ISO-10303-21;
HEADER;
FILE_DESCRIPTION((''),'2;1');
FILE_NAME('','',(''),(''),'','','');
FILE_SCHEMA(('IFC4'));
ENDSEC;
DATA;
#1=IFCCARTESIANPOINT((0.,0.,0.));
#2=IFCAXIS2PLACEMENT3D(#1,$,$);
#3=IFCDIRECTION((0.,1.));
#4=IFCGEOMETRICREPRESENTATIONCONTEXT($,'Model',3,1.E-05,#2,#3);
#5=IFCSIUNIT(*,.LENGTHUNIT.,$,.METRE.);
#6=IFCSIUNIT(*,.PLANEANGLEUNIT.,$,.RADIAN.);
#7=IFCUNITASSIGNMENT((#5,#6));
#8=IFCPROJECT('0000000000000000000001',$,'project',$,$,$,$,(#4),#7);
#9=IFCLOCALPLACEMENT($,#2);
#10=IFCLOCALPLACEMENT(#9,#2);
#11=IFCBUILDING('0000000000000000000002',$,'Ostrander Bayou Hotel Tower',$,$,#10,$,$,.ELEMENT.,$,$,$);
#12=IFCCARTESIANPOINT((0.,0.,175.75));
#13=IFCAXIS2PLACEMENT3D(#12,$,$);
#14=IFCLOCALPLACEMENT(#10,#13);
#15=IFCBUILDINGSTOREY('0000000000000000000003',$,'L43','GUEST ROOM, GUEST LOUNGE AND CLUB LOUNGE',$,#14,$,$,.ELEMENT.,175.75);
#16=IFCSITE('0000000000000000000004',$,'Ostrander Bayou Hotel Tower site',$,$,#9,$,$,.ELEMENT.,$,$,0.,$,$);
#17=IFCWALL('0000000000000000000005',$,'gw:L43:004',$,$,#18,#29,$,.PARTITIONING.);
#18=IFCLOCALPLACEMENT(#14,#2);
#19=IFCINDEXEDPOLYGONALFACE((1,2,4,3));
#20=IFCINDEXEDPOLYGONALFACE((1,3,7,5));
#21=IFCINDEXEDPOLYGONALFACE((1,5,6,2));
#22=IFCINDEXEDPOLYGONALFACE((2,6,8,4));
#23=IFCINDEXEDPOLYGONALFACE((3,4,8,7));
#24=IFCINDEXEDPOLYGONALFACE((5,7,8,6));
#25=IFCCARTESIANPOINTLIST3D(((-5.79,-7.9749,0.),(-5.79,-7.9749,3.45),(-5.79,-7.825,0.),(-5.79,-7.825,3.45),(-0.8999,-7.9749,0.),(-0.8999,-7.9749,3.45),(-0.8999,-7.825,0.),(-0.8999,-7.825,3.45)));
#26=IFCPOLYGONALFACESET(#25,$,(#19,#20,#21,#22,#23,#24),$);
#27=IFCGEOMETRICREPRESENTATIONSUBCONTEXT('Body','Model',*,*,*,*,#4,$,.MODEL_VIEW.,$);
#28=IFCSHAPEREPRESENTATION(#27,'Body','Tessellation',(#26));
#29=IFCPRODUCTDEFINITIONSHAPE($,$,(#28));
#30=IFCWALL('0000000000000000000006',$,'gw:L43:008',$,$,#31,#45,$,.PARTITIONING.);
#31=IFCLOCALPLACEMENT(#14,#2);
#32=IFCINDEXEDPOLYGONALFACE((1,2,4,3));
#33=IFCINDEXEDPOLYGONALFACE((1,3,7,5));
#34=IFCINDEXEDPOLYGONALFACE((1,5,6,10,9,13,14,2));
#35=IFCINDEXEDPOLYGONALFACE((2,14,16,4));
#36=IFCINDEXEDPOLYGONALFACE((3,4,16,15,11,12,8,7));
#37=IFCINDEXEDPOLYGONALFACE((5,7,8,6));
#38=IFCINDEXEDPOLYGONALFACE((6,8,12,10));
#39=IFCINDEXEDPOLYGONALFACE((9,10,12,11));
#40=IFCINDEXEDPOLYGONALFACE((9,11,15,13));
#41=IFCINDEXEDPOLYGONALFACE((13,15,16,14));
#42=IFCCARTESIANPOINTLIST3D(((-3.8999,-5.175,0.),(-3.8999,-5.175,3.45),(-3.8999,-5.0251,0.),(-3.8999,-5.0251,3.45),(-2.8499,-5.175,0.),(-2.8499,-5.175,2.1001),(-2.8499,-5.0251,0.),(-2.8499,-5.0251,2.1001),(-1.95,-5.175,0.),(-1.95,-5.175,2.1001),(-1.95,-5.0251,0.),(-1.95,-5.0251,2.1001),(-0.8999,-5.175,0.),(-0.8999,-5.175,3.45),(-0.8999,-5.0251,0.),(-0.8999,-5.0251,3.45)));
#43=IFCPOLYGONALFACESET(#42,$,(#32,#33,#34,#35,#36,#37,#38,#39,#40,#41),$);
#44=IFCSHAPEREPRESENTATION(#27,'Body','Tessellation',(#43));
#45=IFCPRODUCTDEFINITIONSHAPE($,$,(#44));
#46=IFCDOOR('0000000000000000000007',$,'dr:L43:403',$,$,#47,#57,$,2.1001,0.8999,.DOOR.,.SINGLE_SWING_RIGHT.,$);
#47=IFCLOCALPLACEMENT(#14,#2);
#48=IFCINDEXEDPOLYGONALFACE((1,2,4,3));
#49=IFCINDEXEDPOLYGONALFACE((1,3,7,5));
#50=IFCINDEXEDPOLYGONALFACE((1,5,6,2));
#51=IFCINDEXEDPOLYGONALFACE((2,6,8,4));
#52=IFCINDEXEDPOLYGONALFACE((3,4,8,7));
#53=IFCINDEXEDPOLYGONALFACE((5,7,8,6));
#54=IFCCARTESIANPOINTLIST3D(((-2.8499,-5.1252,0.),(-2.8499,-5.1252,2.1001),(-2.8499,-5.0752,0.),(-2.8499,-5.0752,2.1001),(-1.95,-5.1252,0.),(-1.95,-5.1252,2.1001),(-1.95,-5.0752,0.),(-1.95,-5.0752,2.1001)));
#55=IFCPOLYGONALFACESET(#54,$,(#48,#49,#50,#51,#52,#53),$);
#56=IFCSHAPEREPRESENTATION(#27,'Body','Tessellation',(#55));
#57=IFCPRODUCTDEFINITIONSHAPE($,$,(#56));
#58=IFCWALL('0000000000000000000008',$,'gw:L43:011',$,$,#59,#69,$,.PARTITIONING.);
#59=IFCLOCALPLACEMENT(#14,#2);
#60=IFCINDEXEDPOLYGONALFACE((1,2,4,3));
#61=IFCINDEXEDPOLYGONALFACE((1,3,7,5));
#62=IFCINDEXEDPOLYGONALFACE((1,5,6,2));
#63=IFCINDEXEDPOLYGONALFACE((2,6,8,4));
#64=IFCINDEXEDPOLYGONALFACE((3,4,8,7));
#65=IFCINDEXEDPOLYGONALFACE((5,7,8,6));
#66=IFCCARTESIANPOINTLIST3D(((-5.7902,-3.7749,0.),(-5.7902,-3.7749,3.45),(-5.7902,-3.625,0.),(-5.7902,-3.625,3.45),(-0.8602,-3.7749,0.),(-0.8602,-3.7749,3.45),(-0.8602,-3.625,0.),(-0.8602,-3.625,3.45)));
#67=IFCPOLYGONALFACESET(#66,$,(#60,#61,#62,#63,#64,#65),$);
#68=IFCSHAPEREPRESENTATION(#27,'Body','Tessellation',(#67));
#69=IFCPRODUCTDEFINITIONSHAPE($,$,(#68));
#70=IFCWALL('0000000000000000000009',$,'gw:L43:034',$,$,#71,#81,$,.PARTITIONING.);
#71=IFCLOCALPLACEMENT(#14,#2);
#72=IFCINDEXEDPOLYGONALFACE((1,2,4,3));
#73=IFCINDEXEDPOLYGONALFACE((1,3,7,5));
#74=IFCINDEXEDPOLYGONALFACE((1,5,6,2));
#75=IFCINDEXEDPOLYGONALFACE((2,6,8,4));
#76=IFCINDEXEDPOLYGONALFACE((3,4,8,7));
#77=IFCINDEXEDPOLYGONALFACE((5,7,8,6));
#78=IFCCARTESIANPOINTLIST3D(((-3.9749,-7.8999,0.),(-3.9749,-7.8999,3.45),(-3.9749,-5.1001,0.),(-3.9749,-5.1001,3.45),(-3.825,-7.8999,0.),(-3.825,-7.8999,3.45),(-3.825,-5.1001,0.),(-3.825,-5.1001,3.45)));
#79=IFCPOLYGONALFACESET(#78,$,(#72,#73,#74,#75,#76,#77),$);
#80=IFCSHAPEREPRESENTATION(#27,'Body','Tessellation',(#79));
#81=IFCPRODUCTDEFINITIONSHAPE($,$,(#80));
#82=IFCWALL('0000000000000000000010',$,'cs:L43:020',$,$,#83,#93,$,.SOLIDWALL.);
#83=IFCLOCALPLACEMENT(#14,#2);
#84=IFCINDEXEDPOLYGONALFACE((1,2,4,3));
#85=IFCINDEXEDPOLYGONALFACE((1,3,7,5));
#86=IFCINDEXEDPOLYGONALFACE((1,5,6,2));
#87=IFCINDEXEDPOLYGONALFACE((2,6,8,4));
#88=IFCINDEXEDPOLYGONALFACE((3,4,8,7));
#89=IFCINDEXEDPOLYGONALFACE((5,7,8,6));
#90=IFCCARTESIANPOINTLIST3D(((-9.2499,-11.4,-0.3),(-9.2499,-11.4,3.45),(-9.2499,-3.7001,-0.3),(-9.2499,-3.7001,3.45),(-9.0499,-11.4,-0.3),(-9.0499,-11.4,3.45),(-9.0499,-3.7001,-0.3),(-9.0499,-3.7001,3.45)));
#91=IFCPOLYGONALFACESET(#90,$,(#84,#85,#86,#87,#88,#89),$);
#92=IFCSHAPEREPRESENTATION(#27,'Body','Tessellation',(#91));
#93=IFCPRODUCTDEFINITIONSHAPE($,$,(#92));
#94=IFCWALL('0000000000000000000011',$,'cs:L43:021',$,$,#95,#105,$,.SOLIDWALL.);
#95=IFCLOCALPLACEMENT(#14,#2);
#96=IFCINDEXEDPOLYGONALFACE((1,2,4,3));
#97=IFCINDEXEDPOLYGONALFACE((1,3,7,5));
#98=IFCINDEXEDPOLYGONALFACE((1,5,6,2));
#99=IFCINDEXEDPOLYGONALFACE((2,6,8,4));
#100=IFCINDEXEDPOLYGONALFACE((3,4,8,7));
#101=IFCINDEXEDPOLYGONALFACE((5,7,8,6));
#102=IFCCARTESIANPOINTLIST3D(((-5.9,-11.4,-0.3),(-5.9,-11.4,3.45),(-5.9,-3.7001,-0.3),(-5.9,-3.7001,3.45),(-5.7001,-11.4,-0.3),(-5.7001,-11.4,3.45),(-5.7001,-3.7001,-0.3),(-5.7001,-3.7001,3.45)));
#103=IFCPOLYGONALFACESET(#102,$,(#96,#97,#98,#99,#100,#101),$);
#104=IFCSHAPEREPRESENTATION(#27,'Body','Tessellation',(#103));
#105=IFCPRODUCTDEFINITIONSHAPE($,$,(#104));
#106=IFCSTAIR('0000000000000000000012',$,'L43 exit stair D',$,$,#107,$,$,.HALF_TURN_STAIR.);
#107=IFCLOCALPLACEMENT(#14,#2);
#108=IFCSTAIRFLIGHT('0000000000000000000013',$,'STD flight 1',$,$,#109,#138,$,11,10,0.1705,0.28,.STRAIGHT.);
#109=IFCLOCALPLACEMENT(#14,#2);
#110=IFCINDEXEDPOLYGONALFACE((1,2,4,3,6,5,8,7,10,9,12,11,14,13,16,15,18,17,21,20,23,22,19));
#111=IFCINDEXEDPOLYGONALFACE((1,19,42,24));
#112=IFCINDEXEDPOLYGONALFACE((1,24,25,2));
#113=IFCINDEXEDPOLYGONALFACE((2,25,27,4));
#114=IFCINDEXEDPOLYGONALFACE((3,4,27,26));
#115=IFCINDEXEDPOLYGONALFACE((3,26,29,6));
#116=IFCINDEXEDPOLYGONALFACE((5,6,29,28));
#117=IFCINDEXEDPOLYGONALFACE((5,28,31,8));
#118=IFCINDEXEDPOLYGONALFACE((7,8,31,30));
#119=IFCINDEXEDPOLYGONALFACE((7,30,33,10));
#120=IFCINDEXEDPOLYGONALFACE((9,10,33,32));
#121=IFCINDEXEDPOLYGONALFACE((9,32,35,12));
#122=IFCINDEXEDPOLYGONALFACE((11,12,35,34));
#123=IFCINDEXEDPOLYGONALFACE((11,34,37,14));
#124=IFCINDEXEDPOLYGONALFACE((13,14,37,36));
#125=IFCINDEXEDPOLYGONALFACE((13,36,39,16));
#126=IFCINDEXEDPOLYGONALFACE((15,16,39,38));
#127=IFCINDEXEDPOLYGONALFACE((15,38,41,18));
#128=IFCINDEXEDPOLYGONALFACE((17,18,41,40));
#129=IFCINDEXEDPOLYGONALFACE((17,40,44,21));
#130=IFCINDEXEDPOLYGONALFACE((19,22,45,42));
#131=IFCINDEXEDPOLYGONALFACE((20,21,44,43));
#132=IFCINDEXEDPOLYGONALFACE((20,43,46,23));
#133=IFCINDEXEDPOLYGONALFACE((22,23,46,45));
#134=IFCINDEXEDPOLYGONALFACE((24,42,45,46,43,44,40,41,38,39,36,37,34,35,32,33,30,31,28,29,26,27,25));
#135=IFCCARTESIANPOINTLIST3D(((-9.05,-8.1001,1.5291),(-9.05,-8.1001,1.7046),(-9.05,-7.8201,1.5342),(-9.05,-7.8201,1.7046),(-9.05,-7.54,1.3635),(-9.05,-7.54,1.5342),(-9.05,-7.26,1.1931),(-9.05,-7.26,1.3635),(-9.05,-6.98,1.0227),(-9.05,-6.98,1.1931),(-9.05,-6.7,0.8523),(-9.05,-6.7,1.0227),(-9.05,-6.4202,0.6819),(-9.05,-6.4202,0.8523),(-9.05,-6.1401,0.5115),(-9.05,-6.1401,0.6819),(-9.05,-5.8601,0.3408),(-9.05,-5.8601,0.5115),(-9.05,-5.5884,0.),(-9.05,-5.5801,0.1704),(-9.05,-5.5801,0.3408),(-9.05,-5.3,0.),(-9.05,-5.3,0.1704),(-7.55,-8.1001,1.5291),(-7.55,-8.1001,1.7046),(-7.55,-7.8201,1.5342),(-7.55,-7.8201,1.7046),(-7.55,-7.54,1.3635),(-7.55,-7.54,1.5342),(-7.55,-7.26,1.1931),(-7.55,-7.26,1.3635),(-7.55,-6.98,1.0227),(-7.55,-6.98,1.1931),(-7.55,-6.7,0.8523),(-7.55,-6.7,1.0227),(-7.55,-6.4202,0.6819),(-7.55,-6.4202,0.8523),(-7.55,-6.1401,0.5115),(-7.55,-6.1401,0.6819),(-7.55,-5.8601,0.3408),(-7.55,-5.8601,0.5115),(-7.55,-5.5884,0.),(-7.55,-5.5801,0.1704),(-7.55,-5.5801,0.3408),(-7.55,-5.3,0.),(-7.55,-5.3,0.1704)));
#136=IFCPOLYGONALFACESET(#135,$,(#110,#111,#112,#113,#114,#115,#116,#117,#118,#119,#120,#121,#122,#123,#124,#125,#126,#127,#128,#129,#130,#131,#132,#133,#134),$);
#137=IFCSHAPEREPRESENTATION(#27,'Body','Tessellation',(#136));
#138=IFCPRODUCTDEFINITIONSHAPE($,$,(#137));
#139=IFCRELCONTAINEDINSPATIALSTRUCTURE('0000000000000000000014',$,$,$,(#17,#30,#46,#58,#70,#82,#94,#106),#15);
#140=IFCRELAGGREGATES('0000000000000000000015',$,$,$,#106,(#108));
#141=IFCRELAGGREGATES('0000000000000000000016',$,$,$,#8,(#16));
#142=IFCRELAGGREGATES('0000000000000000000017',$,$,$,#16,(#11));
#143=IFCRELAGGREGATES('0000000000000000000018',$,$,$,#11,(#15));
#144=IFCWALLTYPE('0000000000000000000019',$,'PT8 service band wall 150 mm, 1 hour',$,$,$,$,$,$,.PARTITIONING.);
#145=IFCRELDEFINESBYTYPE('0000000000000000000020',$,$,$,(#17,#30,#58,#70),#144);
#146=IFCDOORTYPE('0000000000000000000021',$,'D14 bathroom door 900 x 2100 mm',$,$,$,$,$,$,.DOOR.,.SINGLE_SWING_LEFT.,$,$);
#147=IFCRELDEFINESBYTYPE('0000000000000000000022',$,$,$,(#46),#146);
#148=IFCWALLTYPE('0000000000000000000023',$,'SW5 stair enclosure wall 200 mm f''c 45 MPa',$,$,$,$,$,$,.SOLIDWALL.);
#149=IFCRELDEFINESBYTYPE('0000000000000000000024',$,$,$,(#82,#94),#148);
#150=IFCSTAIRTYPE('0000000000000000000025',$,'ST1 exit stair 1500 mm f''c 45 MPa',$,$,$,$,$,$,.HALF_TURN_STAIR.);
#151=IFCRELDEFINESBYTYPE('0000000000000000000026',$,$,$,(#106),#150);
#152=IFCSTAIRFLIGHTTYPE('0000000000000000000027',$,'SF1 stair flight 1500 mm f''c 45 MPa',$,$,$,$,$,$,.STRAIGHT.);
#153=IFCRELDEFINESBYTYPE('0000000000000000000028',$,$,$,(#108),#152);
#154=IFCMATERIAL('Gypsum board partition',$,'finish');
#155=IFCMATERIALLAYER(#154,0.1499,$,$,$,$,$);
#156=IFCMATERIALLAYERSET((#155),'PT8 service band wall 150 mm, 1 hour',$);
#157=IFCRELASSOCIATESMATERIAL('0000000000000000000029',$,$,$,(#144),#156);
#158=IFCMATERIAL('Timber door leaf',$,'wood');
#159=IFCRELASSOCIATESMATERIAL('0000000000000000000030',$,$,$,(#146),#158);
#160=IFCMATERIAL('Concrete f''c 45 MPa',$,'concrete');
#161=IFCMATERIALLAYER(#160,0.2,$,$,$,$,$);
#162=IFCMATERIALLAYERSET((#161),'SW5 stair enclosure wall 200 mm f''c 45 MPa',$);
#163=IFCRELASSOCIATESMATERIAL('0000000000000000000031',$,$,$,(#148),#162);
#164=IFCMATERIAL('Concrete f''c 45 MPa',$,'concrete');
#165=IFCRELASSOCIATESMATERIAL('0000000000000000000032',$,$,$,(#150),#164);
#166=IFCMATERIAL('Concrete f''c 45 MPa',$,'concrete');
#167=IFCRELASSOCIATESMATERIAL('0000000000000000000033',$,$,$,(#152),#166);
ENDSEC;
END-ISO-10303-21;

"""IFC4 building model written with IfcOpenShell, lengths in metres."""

from ifc_helpers import new_model, si_unit, direction, frame, frame_2d, origin, place, context, subcontext, project, spatial, polyline, rectangle, outline, extrude, material, layer, layer_set, type_object, element, fill, aggregate, save


model = new_model("IFC4")

# Units and contexts
model_context = context("Model", 3, precision=1e-05, world=origin(), true_north=direction((0.0, 1.0)))
body_context = subcontext(model_context, "Body", "Model", "MODEL_VIEW")
ifc_project = project(units=[si_unit("LENGTHUNIT", "METRE"), si_unit("PLANEANGLEUNIT", "RADIAN")], contexts=[model_context])

# Site, building, storey
site_placement = place(None, origin())
site = spatial("IfcSite", under=ifc_project, at=site_placement, Name="Ostrander Bayou Hotel Tower site", CompositionType="ELEMENT", RefElevation=0.0)
building_placement = place(site_placement, origin())
building = spatial("IfcBuilding", under=site, at=building_placement, Name="Ostrander Bayou Hotel Tower", CompositionType="ELEMENT")
storey_placement = place(building_placement, frame((0.0, 0.0, 175.75)))
storey = spatial("IfcBuildingStorey", under=building, at=storey_placement, Name="L43", Description="GUEST ROOM, GUEST LOUNGE AND CLUB LOUNGE", CompositionType="ELEMENT", Elevation=175.75)

# Wall
ifc_material_1 = material(Name="Gypsum board partition", Category="finish")
ifc_layer_1 = layer(ifc_material_1, 0.1499)
ifc_layer_set_1 = layer_set([ifc_layer_1], Name="PT8 service band wall 150 mm, 1 hour")
wall_type_1 = type_object("IfcWallType", Name="PT8 service band wall 150 mm, 1 hour", PredefinedType="PARTITIONING", material=ifc_layer_set_1)
wall_1_placement = place(storey_placement, frame((-5.79, -7.8999, 0.0), z_axis=(0.0, 0.0, 1.0), x_axis=(1.0, 0.0, 0.0)))
element("IfcWall", 1, at=wall_1_placement, inside=storey, type_object=wall_type_1, Name="gw:L43:004", PredefinedType="PARTITIONING", context=body_context, shape_type="SweptSolid", body=[
    extrude(rectangle(XDim=4.8901, YDim=0.1499, at=frame_2d((2.4451, 0.0))), origin(), (0.0, 0.0, 1.0), 3.45),
])

# Wall, opening, door
wall_2_placement = place(storey_placement, frame((-3.8999, -5.1001, 0.0), z_axis=(0.0, 0.0, 1.0), x_axis=(1.0, 0.0, 0.0)))
wall_2 = element("IfcWall", 2, at=wall_2_placement, inside=storey, type_object=wall_type_1, Name="gw:L43:008", PredefinedType="PARTITIONING", context=body_context, shape_type="SweptSolid", body=[
    extrude(rectangle(XDim=3.0, YDim=0.1499, at=frame_2d((1.5, 0.0))), origin(), (0.0, 0.0, 1.0), 3.45),
])
opening_1_placement = place(wall_2_placement, frame((1.05, 0.0, 0.0)))
opening_1 = element("IfcOpeningElement", 3, at=opening_1_placement, cuts=wall_2, PredefinedType="OPENING", context=body_context, shape_type="SweptSolid", body=[
    extrude(rectangle(XDim=0.8999, YDim=2.1001, at=frame_2d((0.45, 1.05))), frame((0.0, 0.075, 0.0), z_axis=(0.0, -1.0, 0.0), x_axis=(1.0, 0.0, 0.0)), (0.0, 0.0, 1.0), 0.1499),
])
ifc_material_2 = material(Name="Timber door leaf", Category="wood")
door_type_1 = type_object("IfcDoorType", Name="D14 bathroom door 900 x 2100 mm", OperationType="SINGLE_SWING_LEFT", PredefinedType="DOOR", material=ifc_material_2)
door_1_placement = place(opening_1_placement, origin())
door_1 = element("IfcDoor", 4, at=door_1_placement, inside=storey, type_object=door_type_1, Name="dr:L43:403", OperationType="SINGLE_SWING_RIGHT", OverallHeight=2.1001, OverallWidth=0.8999, PredefinedType="DOOR", context=body_context, shape_type="SweptSolid", body=[
    extrude(rectangle(XDim=0.8999, YDim=2.1001, at=frame_2d((0.45, 1.05))), frame((0.0, 0.0249, 0.0), z_axis=(0.0, -1.0, 0.0), x_axis=(1.0, 0.0, 0.0)), (0.0, 0.0, 1.0), 0.05),
])
fill(opening_1, door_1)

# Walls
wall_3_placement = place(storey_placement, frame((-5.79, -3.7, 0.0), z_axis=(0.0, 0.0, 1.0), x_axis=(1.0, 0.0, 0.0)))
element("IfcWall", 5, at=wall_3_placement, inside=storey, type_object=wall_type_1, Name="gw:L43:011", PredefinedType="PARTITIONING", context=body_context, shape_type="SweptSolid", body=[
    extrude(rectangle(XDim=4.9299, YDim=0.1499, at=frame_2d((2.4648, 0.0))), origin(), (0.0, 0.0, 1.0), 3.45),
])
wall_4_placement = place(storey_placement, frame((-3.8999, -7.8999, 0.0), z_axis=(0.0, 0.0, 1.0), x_axis=(0.0, 1.0, 0.0)))
element("IfcWall", 6, at=wall_4_placement, inside=storey, type_object=wall_type_1, Name="gw:L43:034", PredefinedType="PARTITIONING", context=body_context, shape_type="SweptSolid", body=[
    extrude(rectangle(XDim=2.7998, YDim=0.1499, at=frame_2d((1.3999, 0.0))), origin(), (0.0, 0.0, 1.0), 3.45),
])

# Shared definitions
ifc_material_3 = material(Name="Concrete f'c 45 MPa", Category="concrete")
ifc_layer_2 = layer(ifc_material_3, 0.2)
ifc_layer_set_2 = layer_set([ifc_layer_2], Name="SW5 stair enclosure wall 200 mm f'c 45 MPa")
wall_type_2 = type_object("IfcWallType", Name="SW5 stair enclosure wall 200 mm f'c 45 MPa", PredefinedType="SOLIDWALL", material=ifc_layer_set_2)

# Walls
for number, where, z_axis, x_axis, name in (
    (7, (-9.1499, -3.7, -0.3), (0.0, 0.0, 1.0), (0.0, -1.0, 0.0), "cs:L43:020"),
    (8, (-5.8, -3.7, -0.3), (0.0, 0.0, 1.0), (0.0, -1.0, 0.0), "cs:L43:021"),
):
    element("IfcWall", number, at=place(storey_placement, frame(where, z_axis=z_axis, x_axis=x_axis)), inside=storey, type_object=wall_type_2, Name=name, PredefinedType="SOLIDWALL", context=body_context, shape_type="SweptSolid", body=[
        extrude(rectangle(XDim=7.7, YDim=0.2, at=frame_2d((3.8501, 0.0))), origin(), (0.0, 0.0, 1.0), 3.75),
    ])

# Stair, stair flight
ifc_material_4 = material(Name="Concrete f'c 45 MPa", Category="concrete")
stair_type = type_object("IfcStairType", Name="ST1 exit stair 1500 mm f'c 45 MPa", PredefinedType="HALF_TURN_STAIR", material=ifc_material_4)
stair_placement = place(storey_placement, origin())
stair = element("IfcStair", 9, at=stair_placement, inside=storey, type_object=stair_type, Name="L43 exit stair D", PredefinedType="HALF_TURN_STAIR")
ifc_material_5 = material(Name="Concrete f'c 45 MPa", Category="concrete")
stair_flight_type = type_object("IfcStairFlightType", Name="SF1 stair flight 1500 mm f'c 45 MPa", PredefinedType="STRAIGHT", material=ifc_material_5)
stair_flight_placement = place(storey_placement, frame((-8.3, -5.3, 0.0), z_axis=(0.0, 0.0, 1.0), x_axis=(0.0, -1.0, 0.0)))
stair_flight = element("IfcStairFlight", 10, at=stair_flight_placement, type_object=stair_flight_type, Name="STD flight 1", NumberOfRisers=11, NumberOfTreads=10, PredefinedType="STRAIGHT", RiserHeight=0.1705, TreadLength=0.28, context=body_context, shape_type="SweptSolid", body=[
    extrude(outline(polyline([(0.0, 0.0), (0.0, 0.1704), (0.28, 0.1704), (0.28, 0.3408), (0.5601, 0.3408), (0.5601, 0.5115), (0.8401, 0.5115), (0.8401, 0.6819), (1.1201, 0.6819), (1.1201, 0.8523), (1.3999, 0.8523), (1.3999, 1.0227), (1.6799, 1.0227), (1.6799, 1.1931), (1.96, 1.1931), (1.96, 1.3635), (2.24, 1.3635), (2.24, 1.5342), (2.52, 1.5342), (2.52, 1.7046), (2.8, 1.7046), (2.8, 1.875), (2.8, 1.5291), (0.2883, 0.0), (0.0, 0.0)])), frame((0.0, 0.75, 0.0), z_axis=(0.0, -1.0, 0.0), x_axis=(1.0, 0.0, 0.0)), (0.0, 0.0, 1.0), 1.5),
])
aggregate(stair, [stair_flight])

save(model, "model.ifc")
